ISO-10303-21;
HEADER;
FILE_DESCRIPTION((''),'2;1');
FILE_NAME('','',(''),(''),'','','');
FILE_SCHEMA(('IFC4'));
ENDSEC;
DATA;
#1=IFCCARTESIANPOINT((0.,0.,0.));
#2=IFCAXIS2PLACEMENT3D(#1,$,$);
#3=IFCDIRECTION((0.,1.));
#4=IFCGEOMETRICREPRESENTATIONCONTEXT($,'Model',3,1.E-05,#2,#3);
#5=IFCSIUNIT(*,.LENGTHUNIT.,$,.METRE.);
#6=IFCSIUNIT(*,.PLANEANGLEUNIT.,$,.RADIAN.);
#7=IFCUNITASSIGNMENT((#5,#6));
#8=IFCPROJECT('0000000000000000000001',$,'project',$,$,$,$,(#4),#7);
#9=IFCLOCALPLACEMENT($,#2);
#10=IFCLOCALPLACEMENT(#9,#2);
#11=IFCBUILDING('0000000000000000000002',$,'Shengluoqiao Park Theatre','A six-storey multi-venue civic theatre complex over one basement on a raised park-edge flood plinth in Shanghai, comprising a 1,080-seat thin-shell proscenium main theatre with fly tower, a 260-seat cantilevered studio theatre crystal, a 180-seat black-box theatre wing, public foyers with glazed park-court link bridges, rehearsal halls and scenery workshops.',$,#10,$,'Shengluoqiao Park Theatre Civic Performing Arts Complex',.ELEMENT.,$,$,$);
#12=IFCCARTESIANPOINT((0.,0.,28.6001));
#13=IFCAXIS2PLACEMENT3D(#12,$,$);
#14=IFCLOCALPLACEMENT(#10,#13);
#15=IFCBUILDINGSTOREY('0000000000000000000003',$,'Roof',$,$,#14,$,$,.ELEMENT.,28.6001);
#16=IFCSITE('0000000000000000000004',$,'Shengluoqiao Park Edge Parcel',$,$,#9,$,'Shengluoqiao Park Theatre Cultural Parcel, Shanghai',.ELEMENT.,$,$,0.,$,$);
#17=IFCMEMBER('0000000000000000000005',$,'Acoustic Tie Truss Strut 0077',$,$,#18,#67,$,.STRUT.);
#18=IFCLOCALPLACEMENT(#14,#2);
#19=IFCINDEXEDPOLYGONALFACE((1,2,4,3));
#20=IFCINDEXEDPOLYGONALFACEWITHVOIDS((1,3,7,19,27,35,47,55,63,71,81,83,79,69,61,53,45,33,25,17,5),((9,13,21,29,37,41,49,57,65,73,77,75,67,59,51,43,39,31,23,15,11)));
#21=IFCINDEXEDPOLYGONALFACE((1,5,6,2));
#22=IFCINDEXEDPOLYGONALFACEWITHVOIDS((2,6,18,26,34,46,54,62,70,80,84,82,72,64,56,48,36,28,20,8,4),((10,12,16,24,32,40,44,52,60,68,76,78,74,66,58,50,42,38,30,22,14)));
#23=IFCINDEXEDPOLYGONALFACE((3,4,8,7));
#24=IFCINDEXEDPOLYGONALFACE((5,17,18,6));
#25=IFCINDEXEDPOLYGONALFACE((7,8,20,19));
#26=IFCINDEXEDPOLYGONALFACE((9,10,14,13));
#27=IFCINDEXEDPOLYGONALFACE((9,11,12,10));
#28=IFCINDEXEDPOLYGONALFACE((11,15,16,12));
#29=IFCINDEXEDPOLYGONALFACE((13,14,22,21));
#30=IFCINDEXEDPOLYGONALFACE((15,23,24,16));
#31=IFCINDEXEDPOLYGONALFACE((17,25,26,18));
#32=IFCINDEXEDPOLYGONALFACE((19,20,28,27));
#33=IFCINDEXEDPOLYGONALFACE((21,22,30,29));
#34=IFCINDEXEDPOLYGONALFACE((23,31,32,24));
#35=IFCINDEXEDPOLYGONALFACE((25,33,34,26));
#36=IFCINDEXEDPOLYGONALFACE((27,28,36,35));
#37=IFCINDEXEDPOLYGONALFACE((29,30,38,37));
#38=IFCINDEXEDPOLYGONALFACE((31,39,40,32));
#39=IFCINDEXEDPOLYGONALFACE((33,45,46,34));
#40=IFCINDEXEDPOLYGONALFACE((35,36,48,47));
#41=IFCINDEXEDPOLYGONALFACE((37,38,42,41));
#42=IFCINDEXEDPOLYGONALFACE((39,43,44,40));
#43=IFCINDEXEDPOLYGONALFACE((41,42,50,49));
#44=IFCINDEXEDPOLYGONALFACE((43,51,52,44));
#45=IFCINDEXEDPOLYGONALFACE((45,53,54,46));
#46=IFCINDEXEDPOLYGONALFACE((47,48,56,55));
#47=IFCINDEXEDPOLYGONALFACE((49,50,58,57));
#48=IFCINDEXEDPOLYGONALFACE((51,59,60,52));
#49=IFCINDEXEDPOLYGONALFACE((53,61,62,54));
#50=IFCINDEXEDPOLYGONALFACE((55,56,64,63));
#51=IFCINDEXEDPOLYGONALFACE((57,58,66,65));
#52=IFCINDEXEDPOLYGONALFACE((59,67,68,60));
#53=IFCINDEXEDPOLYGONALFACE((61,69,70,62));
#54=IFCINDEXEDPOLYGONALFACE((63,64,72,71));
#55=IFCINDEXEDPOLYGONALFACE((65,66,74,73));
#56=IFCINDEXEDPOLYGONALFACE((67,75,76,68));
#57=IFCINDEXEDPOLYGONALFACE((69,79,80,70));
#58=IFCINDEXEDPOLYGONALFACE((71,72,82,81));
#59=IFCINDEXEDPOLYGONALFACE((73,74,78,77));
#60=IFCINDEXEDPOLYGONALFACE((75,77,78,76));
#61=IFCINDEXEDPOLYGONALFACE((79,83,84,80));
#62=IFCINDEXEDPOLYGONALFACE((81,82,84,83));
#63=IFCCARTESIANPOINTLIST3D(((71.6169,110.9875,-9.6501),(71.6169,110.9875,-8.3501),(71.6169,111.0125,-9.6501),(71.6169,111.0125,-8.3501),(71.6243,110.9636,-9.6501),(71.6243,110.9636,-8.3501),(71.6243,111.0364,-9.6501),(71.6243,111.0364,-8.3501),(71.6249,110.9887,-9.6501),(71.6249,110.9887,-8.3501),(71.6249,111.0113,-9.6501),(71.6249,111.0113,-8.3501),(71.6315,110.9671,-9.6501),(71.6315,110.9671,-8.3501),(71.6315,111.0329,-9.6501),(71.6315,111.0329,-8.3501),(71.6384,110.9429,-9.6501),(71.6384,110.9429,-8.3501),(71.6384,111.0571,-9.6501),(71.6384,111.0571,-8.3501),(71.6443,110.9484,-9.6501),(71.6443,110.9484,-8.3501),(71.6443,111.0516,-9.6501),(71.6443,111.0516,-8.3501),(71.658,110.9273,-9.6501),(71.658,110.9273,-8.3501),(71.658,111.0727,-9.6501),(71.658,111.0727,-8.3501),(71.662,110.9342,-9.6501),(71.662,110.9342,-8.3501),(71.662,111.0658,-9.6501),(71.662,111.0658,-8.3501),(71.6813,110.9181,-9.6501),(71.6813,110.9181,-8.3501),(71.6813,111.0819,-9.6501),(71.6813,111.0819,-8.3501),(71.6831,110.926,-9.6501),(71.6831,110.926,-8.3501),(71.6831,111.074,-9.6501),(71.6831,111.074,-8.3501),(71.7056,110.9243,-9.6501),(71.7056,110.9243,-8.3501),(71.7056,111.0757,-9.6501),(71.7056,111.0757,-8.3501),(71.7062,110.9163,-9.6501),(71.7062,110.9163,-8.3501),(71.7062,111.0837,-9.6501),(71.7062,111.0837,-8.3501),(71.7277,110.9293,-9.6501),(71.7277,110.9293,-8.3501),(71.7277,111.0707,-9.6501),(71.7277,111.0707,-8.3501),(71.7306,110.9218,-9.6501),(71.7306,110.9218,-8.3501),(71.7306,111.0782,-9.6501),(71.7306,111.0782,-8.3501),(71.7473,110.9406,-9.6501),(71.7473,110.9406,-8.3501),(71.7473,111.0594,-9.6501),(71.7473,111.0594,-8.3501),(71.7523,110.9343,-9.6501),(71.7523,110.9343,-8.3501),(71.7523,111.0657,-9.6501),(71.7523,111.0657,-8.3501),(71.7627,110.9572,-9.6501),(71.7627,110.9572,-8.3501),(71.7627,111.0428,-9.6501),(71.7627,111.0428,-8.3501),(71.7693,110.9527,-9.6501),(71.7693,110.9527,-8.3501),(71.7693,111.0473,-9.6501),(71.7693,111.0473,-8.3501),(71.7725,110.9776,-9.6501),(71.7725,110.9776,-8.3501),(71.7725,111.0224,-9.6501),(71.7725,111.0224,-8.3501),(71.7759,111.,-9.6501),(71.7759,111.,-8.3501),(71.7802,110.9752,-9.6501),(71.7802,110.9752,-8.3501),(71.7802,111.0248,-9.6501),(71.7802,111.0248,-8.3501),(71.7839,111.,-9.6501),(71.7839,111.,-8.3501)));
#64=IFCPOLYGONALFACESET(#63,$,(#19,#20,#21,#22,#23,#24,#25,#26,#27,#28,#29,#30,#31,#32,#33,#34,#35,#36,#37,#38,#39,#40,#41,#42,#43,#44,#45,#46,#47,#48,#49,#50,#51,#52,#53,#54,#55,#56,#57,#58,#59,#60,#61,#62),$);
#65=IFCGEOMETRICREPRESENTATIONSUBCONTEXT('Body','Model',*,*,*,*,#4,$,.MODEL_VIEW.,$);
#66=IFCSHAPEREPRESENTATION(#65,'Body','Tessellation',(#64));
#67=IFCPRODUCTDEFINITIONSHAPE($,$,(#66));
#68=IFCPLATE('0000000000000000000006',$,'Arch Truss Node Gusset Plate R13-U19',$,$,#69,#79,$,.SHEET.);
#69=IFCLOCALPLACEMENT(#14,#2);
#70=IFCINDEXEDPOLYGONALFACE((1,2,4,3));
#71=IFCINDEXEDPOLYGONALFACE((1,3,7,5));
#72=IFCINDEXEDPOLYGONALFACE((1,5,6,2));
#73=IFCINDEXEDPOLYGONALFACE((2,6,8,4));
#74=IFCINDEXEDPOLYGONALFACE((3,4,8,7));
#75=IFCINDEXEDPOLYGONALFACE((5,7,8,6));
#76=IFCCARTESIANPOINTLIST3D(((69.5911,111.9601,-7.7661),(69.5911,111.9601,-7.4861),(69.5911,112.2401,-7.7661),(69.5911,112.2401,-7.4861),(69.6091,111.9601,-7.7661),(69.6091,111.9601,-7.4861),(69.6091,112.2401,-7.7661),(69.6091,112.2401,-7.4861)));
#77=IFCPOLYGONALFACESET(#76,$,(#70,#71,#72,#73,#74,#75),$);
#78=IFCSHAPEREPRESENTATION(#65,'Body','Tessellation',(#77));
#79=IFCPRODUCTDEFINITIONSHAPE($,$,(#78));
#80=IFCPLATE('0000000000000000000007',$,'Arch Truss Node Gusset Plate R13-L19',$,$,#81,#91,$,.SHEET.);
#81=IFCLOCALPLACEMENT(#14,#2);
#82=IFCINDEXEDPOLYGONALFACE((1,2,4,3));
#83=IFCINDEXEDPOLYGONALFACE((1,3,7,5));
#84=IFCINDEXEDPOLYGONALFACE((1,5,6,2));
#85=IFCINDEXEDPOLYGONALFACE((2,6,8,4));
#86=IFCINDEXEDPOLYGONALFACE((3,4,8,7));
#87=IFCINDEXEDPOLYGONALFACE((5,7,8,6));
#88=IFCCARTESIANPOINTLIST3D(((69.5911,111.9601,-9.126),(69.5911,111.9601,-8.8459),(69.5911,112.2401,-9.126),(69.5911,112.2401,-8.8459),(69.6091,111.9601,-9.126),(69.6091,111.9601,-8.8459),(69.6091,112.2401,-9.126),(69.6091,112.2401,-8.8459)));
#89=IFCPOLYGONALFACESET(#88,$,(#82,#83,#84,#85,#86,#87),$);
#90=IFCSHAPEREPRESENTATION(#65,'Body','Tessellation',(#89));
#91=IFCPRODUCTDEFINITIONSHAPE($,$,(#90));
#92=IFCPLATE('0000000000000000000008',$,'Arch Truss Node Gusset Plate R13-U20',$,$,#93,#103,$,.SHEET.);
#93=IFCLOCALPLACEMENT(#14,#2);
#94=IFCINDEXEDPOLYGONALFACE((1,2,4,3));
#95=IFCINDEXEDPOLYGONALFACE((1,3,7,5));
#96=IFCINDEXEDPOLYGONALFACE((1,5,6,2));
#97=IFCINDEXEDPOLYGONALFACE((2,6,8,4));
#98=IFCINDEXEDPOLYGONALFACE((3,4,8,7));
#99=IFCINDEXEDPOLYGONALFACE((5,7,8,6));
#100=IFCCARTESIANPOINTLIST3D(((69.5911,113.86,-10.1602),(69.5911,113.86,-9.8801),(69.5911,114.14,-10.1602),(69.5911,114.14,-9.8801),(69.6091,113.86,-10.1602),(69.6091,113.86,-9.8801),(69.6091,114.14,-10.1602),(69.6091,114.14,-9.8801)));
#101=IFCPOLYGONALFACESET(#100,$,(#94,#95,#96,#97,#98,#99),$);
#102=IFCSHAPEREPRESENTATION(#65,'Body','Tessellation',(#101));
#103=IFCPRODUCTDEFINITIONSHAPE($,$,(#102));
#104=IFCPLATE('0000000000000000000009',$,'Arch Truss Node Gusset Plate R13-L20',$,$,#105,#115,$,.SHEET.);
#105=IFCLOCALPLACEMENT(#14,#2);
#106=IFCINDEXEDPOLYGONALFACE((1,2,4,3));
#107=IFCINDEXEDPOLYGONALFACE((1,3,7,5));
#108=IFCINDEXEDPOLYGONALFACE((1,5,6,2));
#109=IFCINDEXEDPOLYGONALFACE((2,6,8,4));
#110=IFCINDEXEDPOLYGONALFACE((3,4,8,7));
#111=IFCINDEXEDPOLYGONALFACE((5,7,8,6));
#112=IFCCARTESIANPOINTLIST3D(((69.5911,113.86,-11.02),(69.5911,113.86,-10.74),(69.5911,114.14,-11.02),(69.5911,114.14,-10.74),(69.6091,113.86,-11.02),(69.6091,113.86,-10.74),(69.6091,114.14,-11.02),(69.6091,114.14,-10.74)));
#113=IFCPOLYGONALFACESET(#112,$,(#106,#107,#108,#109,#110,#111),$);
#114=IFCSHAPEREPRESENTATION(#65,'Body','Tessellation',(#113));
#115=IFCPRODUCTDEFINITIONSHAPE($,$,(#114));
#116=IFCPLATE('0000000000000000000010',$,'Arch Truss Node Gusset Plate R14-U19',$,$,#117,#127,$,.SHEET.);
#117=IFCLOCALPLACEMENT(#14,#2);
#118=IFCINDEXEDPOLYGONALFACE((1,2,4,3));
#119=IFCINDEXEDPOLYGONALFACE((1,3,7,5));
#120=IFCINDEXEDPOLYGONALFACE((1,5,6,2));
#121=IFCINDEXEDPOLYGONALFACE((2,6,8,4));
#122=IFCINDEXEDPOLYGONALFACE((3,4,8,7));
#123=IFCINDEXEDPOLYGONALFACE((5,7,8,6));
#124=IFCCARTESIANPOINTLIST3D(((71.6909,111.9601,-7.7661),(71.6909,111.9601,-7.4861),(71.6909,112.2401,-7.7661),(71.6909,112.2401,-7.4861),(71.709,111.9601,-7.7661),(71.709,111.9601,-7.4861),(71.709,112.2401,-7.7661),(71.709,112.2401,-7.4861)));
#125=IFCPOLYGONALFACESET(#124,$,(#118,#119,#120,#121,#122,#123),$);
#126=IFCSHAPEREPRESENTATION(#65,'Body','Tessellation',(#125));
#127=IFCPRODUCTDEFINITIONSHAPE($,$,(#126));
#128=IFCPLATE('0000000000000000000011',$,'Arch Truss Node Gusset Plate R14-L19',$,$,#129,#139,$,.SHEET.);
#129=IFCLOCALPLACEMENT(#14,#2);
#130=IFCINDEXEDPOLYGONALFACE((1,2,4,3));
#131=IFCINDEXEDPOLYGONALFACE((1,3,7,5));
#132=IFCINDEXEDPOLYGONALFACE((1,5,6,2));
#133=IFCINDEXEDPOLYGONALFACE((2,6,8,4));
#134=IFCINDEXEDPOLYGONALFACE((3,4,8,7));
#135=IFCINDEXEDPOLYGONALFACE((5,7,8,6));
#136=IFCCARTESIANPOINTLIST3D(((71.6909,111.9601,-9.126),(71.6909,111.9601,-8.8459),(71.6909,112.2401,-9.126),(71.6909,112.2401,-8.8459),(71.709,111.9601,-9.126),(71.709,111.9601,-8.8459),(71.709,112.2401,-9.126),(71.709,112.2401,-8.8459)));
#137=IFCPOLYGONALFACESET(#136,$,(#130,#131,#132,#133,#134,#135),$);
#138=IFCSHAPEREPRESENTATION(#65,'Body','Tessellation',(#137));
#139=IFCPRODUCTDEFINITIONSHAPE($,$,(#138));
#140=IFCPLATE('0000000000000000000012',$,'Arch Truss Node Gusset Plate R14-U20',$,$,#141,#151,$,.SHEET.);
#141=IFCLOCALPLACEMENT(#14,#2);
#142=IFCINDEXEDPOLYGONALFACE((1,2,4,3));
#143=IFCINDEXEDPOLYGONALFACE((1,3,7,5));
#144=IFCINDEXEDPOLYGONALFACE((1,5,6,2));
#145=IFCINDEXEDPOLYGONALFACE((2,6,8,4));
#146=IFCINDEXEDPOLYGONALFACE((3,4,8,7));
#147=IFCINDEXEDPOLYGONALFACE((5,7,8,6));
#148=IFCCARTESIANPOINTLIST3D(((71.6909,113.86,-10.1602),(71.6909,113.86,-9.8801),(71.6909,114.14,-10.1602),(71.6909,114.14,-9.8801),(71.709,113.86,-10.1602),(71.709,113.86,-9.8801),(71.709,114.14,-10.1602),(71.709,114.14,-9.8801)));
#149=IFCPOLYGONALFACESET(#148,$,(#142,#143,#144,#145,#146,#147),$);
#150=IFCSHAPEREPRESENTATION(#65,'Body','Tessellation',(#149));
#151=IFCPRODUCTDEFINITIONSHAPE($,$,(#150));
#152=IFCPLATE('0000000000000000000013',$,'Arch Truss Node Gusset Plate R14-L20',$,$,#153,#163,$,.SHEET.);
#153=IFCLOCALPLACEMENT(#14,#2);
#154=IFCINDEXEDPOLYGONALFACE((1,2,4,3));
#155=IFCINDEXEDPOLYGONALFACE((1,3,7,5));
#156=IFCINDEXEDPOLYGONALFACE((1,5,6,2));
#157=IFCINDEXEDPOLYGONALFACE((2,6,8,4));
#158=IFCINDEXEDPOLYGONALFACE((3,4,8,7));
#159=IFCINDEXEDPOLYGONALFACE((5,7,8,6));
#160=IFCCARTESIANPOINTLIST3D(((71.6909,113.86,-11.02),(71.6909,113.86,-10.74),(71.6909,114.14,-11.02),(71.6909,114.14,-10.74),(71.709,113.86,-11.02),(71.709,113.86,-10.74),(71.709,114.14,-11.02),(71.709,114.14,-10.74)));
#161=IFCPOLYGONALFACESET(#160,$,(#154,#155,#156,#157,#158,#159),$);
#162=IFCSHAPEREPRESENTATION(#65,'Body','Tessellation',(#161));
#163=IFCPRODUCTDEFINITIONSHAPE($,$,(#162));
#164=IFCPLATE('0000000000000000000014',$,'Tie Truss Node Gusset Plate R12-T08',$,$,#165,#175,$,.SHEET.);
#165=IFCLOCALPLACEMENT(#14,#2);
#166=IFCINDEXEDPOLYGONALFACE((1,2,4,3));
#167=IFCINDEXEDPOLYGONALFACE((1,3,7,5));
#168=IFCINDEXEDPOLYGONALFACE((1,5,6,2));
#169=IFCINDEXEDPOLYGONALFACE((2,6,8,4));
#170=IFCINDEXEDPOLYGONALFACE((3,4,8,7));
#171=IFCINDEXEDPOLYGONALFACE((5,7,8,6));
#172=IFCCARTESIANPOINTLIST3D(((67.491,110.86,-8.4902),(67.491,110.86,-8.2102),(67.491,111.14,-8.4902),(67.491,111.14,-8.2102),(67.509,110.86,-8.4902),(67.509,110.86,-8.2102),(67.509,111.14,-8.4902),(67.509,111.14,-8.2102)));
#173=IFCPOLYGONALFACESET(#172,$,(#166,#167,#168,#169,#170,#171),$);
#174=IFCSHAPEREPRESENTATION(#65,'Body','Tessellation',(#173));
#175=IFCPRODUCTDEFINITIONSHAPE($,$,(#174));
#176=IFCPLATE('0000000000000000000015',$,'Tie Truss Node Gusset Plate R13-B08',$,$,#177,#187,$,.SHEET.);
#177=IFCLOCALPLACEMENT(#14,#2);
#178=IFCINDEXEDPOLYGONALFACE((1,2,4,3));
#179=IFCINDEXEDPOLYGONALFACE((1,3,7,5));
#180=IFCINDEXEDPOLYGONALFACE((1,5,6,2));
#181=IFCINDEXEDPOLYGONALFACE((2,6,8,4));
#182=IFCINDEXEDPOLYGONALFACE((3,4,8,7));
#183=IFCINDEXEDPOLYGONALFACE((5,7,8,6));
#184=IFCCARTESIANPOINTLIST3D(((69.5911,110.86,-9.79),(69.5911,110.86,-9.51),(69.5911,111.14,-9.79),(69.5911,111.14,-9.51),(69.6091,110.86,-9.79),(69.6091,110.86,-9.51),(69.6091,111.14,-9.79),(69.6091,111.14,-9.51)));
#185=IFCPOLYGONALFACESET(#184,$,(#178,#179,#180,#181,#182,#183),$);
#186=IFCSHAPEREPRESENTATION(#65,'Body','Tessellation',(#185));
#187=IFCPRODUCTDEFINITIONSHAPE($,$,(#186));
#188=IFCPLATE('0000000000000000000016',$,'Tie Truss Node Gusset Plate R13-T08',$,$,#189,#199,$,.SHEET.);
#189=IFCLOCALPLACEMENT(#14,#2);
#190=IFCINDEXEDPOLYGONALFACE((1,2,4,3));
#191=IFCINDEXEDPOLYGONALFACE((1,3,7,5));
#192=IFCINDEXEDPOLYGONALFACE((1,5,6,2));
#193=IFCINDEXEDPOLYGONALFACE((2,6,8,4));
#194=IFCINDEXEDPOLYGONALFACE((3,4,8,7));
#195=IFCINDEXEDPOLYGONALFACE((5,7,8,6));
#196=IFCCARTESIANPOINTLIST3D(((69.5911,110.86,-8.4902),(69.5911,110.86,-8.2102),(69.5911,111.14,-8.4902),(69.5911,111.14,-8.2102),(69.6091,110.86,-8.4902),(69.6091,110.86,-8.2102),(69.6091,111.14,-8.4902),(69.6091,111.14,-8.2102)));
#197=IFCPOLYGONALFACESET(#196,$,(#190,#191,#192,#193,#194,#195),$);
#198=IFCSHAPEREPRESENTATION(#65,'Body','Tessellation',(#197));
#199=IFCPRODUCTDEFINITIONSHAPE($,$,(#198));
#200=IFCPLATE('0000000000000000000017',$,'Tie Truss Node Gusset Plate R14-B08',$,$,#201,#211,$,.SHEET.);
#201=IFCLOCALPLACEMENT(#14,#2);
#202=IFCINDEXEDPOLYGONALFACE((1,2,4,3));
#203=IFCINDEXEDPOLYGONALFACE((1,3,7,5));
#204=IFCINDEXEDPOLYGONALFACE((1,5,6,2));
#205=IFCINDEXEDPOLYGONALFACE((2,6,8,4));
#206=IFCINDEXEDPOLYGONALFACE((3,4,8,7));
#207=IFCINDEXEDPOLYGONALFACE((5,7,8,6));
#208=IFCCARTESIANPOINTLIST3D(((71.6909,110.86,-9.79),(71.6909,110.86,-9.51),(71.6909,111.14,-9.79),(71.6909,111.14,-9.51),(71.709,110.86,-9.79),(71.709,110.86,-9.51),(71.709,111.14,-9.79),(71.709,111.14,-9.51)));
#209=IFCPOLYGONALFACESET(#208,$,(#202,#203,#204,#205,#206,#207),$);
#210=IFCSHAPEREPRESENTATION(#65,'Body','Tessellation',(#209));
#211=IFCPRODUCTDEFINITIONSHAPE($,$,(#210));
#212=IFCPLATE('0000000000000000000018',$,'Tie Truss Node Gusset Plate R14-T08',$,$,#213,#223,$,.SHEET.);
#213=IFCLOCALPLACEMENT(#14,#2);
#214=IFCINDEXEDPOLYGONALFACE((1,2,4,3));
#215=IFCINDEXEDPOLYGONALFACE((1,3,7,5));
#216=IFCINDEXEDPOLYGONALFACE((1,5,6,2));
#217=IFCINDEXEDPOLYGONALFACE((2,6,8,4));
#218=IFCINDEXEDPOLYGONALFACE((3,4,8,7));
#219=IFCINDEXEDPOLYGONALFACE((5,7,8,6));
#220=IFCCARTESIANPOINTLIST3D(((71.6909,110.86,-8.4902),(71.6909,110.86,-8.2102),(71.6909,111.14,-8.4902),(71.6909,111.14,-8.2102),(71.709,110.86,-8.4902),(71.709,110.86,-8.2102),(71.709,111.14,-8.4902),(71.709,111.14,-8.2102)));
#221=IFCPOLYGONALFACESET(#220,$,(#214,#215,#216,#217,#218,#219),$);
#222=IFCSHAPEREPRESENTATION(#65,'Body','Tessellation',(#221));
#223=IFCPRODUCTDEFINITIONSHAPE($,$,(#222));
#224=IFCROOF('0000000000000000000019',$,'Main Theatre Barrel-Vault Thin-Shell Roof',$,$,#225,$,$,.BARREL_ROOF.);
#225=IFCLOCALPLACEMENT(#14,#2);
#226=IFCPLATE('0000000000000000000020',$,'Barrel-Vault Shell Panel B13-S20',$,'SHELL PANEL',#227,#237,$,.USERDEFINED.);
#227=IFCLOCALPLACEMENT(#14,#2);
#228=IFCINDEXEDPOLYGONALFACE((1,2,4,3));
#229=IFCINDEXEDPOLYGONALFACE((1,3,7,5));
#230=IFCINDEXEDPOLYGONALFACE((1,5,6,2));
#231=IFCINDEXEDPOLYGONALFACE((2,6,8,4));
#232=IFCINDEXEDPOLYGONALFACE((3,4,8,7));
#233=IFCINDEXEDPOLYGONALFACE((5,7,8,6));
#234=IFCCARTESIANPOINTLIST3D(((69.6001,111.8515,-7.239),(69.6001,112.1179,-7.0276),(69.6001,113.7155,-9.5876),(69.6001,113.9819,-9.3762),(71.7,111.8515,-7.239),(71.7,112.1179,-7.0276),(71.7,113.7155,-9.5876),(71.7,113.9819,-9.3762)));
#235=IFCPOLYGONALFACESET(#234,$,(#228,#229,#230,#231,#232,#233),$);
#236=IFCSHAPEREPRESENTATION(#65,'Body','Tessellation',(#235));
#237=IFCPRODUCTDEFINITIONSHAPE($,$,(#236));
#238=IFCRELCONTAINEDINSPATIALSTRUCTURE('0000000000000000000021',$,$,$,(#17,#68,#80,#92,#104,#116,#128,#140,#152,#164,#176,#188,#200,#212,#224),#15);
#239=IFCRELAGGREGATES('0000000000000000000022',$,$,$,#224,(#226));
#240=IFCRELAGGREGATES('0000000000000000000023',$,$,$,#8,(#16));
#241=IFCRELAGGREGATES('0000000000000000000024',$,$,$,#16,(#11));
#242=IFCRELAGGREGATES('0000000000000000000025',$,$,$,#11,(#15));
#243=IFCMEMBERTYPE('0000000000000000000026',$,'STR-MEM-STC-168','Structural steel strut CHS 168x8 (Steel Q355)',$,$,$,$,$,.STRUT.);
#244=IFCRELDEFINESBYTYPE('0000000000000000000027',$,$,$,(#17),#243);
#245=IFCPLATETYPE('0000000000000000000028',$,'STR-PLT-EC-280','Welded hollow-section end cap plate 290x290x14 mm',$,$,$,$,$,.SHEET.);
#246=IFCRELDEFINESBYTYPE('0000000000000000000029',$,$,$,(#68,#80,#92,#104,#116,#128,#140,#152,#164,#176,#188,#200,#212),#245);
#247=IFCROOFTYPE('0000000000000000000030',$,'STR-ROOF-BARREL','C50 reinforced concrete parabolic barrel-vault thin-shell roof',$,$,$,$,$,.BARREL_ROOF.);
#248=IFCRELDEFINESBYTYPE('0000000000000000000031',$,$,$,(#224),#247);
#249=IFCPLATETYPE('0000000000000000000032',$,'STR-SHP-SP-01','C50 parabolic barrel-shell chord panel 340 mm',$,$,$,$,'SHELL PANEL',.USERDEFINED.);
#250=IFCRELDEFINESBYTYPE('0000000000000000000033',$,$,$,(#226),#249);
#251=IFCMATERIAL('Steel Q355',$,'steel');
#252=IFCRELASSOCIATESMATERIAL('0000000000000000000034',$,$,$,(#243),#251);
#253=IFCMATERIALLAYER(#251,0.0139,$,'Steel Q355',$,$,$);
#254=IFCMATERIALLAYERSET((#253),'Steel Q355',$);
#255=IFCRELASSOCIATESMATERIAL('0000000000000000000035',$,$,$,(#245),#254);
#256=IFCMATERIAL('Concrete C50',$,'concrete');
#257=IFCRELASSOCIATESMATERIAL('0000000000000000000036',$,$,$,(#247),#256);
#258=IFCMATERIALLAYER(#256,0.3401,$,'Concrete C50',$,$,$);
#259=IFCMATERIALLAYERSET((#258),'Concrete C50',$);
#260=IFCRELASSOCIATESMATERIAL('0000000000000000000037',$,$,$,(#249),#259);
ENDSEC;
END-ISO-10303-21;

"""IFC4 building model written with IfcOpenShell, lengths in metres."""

from ifc_helpers import new_model, si_unit, direction, frame, origin, origin_2d, place, context, subcontext, project, spatial, polyline, rectangle, hollow_circle, outline, extrude, material, layer, layer_set, material_profile, profile_set, type_object, element, aggregate, save


model = new_model("IFC4")

# Units and contexts
model_context = context("Model", 3, precision=1e-05, world=origin(), true_north=direction((0.0, 1.0)))
body_context = subcontext(model_context, "Body", "Model", "MODEL_VIEW")
ifc_project = project(units=[si_unit("LENGTHUNIT", "METRE"), si_unit("PLANEANGLEUNIT", "RADIAN")], contexts=[model_context])

# Site, building, storey
site_placement = place(None, origin())
site = spatial("IfcSite", under=ifc_project, at=site_placement, Name="Shengluoqiao Park Edge Parcel", LongName="Shengluoqiao Park Theatre Cultural Parcel, Shanghai", CompositionType="ELEMENT", RefElevation=0.0)
building_placement = place(site_placement, origin())
building = spatial("IfcBuilding", under=site, at=building_placement, Name="Shengluoqiao Park Theatre", Description="A six-storey multi-venue civic theatre complex over one basement on a raised park-edge flood plinth in Shanghai, comprising a 1,080-seat thin-shell proscenium main theatre with fly tower, a 260-seat cantilevered studio theatre crystal, a 180-seat black-box theatre wing, public foyers with glazed park-court link bridges, rehearsal halls and scenery workshops.", LongName="Shengluoqiao Park Theatre Civic Performing Arts Complex", CompositionType="ELEMENT")
storey_placement = place(building_placement, frame((0.0, 0.0, 28.6001)))
storey = spatial("IfcBuildingStorey", under=building, at=storey_placement, Name="Roof", CompositionType="ELEMENT", Elevation=28.6001)

# Shared definitions
ifc_material_1 = material(Name="Concrete C50", Category="concrete")
ifc_material_2 = material(Name="Steel Q355", Category="steel")

# Member
ifc_material_profile_1 = material_profile(ifc_material_2, hollow_circle(Radius=0.084, WallThickness=0.0081, at=origin_2d()), Name="CHS 168x8")
ifc_profile_set_1 = profile_set([ifc_material_profile_1], Name="Steel Q355")
member_type_1 = type_object("IfcMemberType", Name="STR-MEM-STC-168", Description="Structural steel strut CHS 168x8 (Steel Q355)", PredefinedType="STRUT", material=ifc_profile_set_1)
for number, where, z_axis, x_axis, name in (
    (1, (71.7, 111.0, -9.6501), (0.0, 0.0, 1.0), (1.0, 0.0, 0.0), "Acoustic Tie Truss Strut 0077"),
):
    element("IfcMember", number, at=place(storey_placement, frame(where, z_axis=z_axis, x_axis=x_axis)), inside=storey, type_object=member_type_1, Name=name, PredefinedType="STRUT", context=body_context, shape_type="SweptSolid", body=[
        extrude(hollow_circle(Radius=0.084, WallThickness=0.0081, at=origin_2d()), origin(), (0.0, 0.0, 1.0), 1.3),
    ])

# Plates
ifc_layer_1 = layer(ifc_material_2, 0.0139, Name="Steel Q355")
ifc_layer_set_1 = layer_set([ifc_layer_1], Name="Steel Q355")
plate_type_1 = type_object("IfcPlateType", Name="STR-PLT-EC-280", Description="Welded hollow-section end cap plate 290x290x14 mm", PredefinedType="SHEET", material=ifc_layer_set_1)
for number, where, z_axis, x_axis, name in (
    (2, (69.6001, 112.1001, -7.7661), (0.0, 0.0, 1.0), (1.0, 0.0, 0.0), "Arch Truss Node Gusset Plate R13-U19"),
    (3, (69.6001, 112.1001, -9.126), (0.0, 0.0, 1.0), (1.0, 0.0, 0.0), "Arch Truss Node Gusset Plate R13-L19"),
    (4, (69.6001, 114.0, -10.1602), (0.0, 0.0, 1.0), (1.0, 0.0, 0.0), "Arch Truss Node Gusset Plate R13-U20"),
    (5, (69.6001, 114.0, -11.02), (0.0, 0.0, 1.0), (1.0, 0.0, 0.0), "Arch Truss Node Gusset Plate R13-L20"),
    (6, (71.7, 112.1001, -7.7661), (0.0, 0.0, 1.0), (1.0, 0.0, 0.0), "Arch Truss Node Gusset Plate R14-U19"),
    (7, (71.7, 112.1001, -9.126), (0.0, 0.0, 1.0), (1.0, 0.0, 0.0), "Arch Truss Node Gusset Plate R14-L19"),
    (8, (71.7, 114.0, -10.1602), (0.0, 0.0, 1.0), (1.0, 0.0, 0.0), "Arch Truss Node Gusset Plate R14-U20"),
    (9, (71.7, 114.0, -11.02), (0.0, 0.0, 1.0), (1.0, 0.0, 0.0), "Arch Truss Node Gusset Plate R14-L20"),
    (10, (67.5, 111.0, -8.4902), (0.0, 0.0, 1.0), (1.0, 0.0, 0.0), "Tie Truss Node Gusset Plate R12-T08"),
    (11, (69.6001, 111.0, -9.79), (0.0, 0.0, 1.0), (1.0, 0.0, 0.0), "Tie Truss Node Gusset Plate R13-B08"),
    (12, (69.6001, 111.0, -8.4902), (0.0, 0.0, 1.0), (1.0, 0.0, 0.0), "Tie Truss Node Gusset Plate R13-T08"),
    (13, (71.7, 111.0, -9.79), (0.0, 0.0, 1.0), (1.0, 0.0, 0.0), "Tie Truss Node Gusset Plate R14-B08"),
    (14, (71.7, 111.0, -8.4902), (0.0, 0.0, 1.0), (1.0, 0.0, 0.0), "Tie Truss Node Gusset Plate R14-T08"),
):
    element("IfcPlate", number, at=place(storey_placement, frame(where, z_axis=z_axis, x_axis=x_axis)), inside=storey, type_object=plate_type_1, Name=name, PredefinedType="SHEET", context=body_context, shape_type="SweptSolid", body=[
        extrude(rectangle(XDim=0.0181, YDim=0.28, at=origin_2d()), origin(), (0.0, 0.0, 1.0), 0.28),
    ])

# Roof, plate
roof_type = type_object("IfcRoofType", Name="STR-ROOF-BARREL", Description="C50 reinforced concrete parabolic barrel-vault thin-shell roof", PredefinedType="BARREL_ROOF", material=ifc_material_1)
roof_placement = place(storey_placement, origin())
roof = element("IfcRoof", 15, at=roof_placement, inside=storey, type_object=roof_type, Name="Main Theatre Barrel-Vault Thin-Shell Roof", PredefinedType="BARREL_ROOF")
ifc_layer_2 = layer(ifc_material_1, 0.3401, Name="Concrete C50")
ifc_layer_set_2 = layer_set([ifc_layer_2], Name="Concrete C50")
plate_type_2 = type_object("IfcPlateType", Name="STR-SHP-SP-01", Description="C50 parabolic barrel-shell chord panel 340 mm", ElementType="SHELL PANEL", PredefinedType="USERDEFINED", material=ifc_layer_set_2)
plate_1_placement = place(storey_placement, frame((69.6001, 112.1179, -7.0276), z_axis=(0.0, 0.783286, 0.621662), x_axis=(1.0, 0.0, 0.0)))
plate_1 = element("IfcPlate", 16, at=plate_1_placement, type_object=plate_type_2, Name="Barrel-Vault Shell Panel B13-S20", ObjectType="SHELL PANEL", PredefinedType="USERDEFINED", context=body_context, shape_type="SweptSolid", body=[
    extrude(outline(polyline([(0.0, 0.0), (2.0999, 0.0), (2.0999, 2.9984), (0.0, 2.9984), (0.0, 0.0)])), origin(), (0.0, 0.0, -1.0), 0.3401),
])
aggregate(roof, [plate_1])

save(model, "model.ifc")
